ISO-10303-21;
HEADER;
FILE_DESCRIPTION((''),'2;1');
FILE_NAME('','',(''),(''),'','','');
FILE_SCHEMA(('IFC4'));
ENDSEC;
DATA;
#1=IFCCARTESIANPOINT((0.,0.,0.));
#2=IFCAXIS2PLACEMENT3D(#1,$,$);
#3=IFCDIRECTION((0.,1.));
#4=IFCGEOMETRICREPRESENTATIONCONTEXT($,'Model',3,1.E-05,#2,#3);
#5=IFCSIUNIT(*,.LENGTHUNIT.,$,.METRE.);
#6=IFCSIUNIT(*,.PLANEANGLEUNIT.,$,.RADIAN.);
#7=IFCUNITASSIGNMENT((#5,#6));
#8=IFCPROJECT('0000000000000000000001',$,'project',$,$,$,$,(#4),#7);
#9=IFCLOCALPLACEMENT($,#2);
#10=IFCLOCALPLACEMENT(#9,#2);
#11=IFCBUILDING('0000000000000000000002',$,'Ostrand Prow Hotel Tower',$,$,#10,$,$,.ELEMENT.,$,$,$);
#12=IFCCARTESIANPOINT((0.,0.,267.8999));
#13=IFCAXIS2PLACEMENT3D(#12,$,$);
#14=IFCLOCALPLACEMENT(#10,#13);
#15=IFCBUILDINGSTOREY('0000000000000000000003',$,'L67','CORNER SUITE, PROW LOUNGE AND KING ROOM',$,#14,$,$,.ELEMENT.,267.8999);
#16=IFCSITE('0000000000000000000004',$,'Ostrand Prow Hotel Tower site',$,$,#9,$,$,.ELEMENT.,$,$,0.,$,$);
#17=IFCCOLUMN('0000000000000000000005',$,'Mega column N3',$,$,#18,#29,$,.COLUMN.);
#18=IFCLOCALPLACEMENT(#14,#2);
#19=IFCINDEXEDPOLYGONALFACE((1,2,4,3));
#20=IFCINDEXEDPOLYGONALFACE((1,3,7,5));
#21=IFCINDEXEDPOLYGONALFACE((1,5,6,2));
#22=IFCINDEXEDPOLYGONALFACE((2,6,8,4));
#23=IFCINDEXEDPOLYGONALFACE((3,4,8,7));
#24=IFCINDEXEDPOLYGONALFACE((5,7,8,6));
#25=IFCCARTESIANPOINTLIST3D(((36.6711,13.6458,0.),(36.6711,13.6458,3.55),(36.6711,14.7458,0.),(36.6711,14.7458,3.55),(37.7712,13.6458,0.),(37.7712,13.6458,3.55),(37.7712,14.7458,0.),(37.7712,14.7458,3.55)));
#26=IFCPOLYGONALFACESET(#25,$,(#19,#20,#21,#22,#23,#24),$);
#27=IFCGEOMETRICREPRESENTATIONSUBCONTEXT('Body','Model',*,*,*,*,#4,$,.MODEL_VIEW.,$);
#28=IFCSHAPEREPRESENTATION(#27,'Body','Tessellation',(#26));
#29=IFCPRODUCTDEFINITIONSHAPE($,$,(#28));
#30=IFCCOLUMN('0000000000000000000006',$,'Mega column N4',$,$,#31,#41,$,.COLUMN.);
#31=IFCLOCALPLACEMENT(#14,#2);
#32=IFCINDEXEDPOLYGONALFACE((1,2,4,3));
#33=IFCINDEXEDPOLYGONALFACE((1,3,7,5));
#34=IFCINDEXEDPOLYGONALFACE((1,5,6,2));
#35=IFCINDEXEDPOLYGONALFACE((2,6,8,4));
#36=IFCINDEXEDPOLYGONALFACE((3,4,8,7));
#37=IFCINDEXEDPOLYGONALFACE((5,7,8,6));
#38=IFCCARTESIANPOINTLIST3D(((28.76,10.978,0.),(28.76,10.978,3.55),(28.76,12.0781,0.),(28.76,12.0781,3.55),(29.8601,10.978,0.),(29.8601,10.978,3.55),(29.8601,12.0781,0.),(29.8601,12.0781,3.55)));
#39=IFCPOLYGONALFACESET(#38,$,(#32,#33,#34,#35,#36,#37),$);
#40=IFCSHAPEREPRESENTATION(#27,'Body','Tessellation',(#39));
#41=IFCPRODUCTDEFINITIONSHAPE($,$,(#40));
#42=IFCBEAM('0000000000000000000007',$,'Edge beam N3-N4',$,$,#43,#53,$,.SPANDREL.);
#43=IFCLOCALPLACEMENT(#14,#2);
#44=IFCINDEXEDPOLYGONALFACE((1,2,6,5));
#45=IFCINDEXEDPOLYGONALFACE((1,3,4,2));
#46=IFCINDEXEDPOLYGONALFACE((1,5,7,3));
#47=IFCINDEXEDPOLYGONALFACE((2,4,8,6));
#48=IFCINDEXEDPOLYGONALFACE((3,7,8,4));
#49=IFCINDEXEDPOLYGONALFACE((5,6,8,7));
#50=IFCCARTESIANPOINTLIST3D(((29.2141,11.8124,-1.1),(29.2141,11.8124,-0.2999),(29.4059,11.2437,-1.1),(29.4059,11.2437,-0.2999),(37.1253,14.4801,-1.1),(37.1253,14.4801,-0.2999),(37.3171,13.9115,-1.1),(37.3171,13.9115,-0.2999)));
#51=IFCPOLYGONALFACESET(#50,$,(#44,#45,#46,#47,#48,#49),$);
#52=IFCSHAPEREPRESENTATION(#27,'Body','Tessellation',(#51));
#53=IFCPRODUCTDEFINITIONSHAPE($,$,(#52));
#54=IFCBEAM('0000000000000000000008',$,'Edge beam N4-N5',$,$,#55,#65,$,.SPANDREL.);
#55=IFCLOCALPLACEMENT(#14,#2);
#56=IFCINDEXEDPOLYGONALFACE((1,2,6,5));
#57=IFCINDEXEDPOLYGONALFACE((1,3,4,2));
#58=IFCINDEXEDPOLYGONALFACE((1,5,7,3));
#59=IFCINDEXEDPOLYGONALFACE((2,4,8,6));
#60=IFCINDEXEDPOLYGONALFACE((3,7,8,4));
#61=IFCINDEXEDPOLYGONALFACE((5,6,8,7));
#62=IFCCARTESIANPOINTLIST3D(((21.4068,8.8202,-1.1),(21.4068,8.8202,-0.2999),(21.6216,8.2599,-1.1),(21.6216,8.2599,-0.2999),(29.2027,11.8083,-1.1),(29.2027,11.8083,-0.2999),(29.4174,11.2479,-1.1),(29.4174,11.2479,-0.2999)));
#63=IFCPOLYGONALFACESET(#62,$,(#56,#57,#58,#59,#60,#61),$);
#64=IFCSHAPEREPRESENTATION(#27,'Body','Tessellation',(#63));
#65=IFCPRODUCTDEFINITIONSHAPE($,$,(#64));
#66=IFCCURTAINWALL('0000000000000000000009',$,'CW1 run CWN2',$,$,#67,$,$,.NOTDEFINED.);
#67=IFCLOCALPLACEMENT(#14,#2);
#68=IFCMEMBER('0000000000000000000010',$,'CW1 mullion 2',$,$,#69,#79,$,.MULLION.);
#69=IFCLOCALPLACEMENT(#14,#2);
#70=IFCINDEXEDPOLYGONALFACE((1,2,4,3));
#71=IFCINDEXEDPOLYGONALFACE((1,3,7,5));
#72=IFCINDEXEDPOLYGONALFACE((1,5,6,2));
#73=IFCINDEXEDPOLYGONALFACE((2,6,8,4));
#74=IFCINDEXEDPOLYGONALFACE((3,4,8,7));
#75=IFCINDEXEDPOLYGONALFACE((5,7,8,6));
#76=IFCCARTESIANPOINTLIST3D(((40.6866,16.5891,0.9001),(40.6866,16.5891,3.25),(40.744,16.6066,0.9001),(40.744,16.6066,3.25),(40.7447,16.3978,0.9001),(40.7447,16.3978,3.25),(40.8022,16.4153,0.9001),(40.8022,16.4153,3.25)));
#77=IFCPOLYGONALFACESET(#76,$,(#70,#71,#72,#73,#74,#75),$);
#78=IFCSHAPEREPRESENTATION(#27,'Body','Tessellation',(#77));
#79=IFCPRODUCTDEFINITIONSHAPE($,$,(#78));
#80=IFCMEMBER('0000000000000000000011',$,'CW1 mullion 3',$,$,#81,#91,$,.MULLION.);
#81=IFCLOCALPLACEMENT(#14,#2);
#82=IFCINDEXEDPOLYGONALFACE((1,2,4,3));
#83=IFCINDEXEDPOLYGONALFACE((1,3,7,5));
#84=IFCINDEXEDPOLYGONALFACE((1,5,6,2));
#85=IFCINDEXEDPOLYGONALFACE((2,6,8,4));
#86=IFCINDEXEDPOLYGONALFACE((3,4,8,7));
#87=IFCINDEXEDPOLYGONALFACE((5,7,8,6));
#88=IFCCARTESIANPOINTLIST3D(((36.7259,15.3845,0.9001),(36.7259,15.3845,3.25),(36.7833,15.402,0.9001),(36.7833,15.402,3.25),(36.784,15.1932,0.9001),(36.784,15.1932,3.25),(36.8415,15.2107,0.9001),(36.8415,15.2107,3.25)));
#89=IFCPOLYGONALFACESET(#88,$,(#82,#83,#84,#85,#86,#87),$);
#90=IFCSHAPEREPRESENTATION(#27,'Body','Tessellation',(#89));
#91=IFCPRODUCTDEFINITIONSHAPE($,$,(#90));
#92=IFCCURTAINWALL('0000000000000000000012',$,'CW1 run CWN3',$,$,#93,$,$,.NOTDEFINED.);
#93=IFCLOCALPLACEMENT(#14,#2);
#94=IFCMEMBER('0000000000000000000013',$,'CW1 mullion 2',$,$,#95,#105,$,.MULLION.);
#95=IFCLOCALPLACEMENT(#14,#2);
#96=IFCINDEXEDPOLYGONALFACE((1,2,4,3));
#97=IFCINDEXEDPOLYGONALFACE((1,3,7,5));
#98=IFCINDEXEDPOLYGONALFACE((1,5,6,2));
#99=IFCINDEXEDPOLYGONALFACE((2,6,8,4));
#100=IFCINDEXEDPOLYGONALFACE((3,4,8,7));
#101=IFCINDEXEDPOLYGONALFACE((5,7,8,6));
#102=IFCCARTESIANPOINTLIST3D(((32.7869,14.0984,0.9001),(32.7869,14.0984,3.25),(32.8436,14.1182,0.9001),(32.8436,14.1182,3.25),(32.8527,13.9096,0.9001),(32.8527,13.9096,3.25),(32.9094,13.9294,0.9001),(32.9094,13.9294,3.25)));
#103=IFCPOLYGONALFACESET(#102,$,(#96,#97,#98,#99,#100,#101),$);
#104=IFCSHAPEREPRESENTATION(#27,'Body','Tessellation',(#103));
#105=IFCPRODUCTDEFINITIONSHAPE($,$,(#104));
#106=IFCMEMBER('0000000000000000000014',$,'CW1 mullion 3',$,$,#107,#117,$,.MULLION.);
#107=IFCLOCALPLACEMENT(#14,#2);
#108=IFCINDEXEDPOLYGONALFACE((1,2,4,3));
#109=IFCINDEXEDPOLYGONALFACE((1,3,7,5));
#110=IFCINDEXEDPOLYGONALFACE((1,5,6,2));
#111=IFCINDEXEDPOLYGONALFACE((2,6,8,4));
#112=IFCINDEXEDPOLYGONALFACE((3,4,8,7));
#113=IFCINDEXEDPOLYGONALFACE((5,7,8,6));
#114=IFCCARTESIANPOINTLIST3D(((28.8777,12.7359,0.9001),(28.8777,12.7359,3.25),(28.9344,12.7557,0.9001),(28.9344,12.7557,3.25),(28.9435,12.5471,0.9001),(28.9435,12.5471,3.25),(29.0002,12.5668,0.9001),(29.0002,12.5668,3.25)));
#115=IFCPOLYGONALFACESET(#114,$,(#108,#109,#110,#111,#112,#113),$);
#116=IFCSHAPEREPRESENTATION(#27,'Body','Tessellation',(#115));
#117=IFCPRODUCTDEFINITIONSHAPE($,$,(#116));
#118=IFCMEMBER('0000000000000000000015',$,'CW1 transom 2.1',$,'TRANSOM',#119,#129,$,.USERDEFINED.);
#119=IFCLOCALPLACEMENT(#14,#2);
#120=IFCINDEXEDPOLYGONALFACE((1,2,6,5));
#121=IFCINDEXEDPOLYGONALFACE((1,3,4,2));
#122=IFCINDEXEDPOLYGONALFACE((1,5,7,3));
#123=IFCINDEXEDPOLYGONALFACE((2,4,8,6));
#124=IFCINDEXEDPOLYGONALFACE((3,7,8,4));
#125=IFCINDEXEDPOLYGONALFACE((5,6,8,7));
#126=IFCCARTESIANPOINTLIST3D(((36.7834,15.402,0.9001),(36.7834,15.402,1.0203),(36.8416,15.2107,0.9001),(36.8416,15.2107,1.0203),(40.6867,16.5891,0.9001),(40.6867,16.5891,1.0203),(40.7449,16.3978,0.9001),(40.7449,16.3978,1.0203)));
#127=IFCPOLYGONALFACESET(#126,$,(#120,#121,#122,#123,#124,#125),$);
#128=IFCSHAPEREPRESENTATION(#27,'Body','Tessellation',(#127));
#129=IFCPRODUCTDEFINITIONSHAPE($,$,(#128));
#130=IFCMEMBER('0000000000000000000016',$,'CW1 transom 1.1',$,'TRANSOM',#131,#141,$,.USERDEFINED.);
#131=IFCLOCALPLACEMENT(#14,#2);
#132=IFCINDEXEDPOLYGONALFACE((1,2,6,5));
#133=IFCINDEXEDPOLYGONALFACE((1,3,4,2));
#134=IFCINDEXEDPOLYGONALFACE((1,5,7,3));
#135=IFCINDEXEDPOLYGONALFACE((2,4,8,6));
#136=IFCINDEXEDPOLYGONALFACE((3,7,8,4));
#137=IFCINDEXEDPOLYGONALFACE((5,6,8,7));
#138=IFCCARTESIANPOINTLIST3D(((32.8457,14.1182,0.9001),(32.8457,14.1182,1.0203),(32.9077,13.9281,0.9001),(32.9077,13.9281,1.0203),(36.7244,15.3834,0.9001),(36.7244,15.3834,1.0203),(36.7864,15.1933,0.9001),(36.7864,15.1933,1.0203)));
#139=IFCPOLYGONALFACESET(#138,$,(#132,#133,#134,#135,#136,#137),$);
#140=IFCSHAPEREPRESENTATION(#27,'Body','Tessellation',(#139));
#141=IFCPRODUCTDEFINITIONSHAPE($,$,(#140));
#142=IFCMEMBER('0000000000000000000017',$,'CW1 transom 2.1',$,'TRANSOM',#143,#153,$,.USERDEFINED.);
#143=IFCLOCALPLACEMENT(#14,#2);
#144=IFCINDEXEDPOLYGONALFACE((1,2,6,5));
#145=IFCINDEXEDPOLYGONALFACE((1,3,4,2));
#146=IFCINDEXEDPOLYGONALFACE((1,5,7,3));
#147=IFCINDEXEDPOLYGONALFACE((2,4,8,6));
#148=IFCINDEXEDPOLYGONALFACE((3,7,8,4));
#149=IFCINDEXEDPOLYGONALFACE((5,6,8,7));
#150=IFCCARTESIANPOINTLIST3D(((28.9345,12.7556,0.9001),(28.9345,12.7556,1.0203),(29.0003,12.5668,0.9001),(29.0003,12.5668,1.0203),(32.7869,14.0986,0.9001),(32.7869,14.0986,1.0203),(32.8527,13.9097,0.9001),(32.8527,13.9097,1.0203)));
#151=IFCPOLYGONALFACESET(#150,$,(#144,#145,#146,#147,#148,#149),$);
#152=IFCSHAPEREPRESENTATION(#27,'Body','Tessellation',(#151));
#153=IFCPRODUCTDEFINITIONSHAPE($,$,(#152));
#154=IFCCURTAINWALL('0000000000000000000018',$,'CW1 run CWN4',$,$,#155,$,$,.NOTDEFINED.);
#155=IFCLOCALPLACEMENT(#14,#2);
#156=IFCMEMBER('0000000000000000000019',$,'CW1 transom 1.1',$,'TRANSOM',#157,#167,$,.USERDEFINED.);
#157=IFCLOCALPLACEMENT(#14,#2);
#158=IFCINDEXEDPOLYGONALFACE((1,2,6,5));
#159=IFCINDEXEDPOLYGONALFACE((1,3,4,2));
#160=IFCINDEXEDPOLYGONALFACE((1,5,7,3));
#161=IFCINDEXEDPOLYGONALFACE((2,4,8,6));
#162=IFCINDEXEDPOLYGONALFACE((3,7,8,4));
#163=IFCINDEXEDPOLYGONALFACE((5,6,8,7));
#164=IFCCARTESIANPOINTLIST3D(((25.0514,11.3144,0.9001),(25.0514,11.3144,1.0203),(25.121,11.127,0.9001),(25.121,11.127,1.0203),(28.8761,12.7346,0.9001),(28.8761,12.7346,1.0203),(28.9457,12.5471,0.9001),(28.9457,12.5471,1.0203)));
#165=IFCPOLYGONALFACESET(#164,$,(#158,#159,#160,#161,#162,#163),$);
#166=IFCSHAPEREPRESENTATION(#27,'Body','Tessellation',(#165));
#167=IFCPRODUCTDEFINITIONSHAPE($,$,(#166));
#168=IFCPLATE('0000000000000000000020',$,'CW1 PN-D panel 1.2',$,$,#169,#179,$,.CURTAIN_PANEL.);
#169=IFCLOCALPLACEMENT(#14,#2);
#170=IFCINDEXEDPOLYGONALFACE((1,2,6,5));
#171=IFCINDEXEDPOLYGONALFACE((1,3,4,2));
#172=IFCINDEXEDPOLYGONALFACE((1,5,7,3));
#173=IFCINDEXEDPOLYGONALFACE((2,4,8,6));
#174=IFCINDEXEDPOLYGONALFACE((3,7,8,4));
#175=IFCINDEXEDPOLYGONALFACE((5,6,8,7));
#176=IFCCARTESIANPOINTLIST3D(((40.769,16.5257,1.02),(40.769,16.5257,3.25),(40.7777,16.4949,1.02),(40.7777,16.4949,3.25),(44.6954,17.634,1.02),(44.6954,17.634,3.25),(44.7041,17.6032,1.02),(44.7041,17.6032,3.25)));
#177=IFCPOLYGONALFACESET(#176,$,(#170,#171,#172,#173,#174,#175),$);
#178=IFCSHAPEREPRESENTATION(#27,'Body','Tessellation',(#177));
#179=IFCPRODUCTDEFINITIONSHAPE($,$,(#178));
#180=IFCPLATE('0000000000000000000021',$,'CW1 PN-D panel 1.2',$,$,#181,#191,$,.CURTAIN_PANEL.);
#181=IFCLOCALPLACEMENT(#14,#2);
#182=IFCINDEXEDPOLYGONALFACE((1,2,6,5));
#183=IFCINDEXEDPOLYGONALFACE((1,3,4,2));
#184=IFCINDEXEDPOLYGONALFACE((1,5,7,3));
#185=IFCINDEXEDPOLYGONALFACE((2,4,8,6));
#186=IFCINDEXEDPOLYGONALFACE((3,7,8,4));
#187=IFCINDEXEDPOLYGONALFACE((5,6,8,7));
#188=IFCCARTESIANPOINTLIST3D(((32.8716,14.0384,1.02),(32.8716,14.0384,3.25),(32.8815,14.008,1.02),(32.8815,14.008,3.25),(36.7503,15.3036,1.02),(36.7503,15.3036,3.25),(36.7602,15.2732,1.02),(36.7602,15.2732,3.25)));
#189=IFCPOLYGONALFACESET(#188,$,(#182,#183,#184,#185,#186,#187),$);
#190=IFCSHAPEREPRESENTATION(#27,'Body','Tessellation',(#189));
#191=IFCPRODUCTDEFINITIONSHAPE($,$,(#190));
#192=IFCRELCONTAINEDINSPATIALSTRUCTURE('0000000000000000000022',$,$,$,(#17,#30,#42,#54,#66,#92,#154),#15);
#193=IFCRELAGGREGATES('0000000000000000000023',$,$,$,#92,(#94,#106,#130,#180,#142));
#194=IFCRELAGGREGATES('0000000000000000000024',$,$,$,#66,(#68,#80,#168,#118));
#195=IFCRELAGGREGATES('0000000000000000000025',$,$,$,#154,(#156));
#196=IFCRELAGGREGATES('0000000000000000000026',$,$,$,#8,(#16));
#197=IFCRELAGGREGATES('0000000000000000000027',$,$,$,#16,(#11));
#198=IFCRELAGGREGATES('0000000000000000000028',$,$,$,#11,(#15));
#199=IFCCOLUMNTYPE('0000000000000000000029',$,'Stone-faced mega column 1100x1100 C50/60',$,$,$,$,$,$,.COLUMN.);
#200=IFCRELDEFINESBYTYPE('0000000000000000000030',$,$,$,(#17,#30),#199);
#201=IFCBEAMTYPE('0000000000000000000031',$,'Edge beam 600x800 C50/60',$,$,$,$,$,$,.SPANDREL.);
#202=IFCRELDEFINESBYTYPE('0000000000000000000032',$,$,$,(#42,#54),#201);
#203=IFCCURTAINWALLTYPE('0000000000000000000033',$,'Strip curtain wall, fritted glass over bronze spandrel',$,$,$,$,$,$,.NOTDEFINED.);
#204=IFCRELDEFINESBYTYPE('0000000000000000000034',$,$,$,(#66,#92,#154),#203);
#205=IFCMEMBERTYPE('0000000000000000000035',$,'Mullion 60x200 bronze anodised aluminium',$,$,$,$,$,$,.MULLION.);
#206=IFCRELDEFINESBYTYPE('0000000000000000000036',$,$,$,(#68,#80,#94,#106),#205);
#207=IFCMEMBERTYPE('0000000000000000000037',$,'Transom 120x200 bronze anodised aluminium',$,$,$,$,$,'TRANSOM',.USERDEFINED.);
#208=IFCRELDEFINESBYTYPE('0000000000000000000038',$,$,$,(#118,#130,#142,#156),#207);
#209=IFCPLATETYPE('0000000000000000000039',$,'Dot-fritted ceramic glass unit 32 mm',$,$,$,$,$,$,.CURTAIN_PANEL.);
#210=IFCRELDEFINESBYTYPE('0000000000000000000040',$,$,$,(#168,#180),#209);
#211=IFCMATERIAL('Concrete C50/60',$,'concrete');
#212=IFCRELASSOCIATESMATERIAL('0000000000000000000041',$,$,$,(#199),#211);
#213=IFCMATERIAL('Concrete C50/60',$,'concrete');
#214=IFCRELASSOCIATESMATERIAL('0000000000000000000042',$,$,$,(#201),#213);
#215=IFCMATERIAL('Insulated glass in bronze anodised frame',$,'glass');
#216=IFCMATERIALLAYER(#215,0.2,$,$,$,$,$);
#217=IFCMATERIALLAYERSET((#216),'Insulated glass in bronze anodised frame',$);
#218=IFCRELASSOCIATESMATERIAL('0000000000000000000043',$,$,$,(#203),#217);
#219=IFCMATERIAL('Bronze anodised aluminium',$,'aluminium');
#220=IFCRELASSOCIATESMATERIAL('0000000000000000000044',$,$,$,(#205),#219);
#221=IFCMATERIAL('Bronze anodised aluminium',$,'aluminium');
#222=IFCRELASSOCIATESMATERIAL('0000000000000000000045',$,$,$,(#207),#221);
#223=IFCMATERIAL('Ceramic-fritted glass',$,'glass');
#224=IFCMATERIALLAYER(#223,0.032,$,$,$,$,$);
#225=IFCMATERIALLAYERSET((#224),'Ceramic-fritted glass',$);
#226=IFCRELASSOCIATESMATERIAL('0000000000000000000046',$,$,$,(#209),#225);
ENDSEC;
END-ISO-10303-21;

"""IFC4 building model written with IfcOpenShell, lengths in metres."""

from ifc_helpers import new_model, si_unit, direction, frame, origin, origin_2d, place, context, subcontext, project, spatial, rectangle, extrude, material, layer, layer_set, material_profile, profile_set, type_object, element, aggregate, save


model = new_model("IFC4")

# Units and contexts
model_context = context("Model", 3, precision=1e-05, world=origin(), true_north=direction((0.0, 1.0)))
body_context = subcontext(model_context, "Body", "Model", "MODEL_VIEW")
ifc_project = project(units=[si_unit("LENGTHUNIT", "METRE"), si_unit("PLANEANGLEUNIT", "RADIAN")], contexts=[model_context])

# Site, building, storey
site_placement = place(None, origin())
site = spatial("IfcSite", under=ifc_project, at=site_placement, Name="Ostrand Prow Hotel Tower site", CompositionType="ELEMENT", RefElevation=0.0)
building_placement = place(site_placement, origin())
building = spatial("IfcBuilding", under=site, at=building_placement, Name="Ostrand Prow Hotel Tower", CompositionType="ELEMENT")
storey_placement = place(building_placement, frame((0.0, 0.0, 267.8999)))
storey = spatial("IfcBuildingStorey", under=building, at=storey_placement, Name="L67", Description="CORNER SUITE, PROW LOUNGE AND KING ROOM", CompositionType="ELEMENT", Elevation=267.8999)

# Columns
ifc_material_1 = material(Name="Concrete C50/60", Category="concrete")
ifc_material_profile_1 = material_profile(ifc_material_1, rectangle(XDim=1.1001, YDim=1.1001, at=origin_2d()), Name="RC 1100x1100")
ifc_profile_set_1 = profile_set([ifc_material_profile_1], Name="Concrete C50/60")
column_type = type_object("IfcColumnType", Name="Stone-faced mega column 1100x1100 C50/60", PredefinedType="COLUMN", material=ifc_profile_set_1)
for number, where, z_axis, x_axis, name in (
    (1, (37.2212, 14.1958, 0.0), (0.0, 0.0, 1.0), (1.0, 0.0, 0.0), "Mega column N3"),
    (2, (29.3101, 11.5281, 0.0), (0.0, 0.0, 1.0), (1.0, 0.0, 0.0), "Mega column N4"),
):
    element("IfcColumn", number, at=place(storey_placement, frame(where, z_axis=z_axis, x_axis=x_axis)), inside=storey, type_object=column_type, Name=name, PredefinedType="COLUMN", context=body_context, shape_type="SweptSolid", body=[
        extrude(rectangle(XDim=1.1001, YDim=1.1001, at=origin_2d()), origin(), (0.0, 0.0, 1.0), 3.55),
    ])

# Beams
ifc_material_2 = material(Name="Concrete C50/60", Category="concrete")
ifc_material_profile_2 = material_profile(ifc_material_2, rectangle(XDim=0.6001, YDim=0.8, at=origin_2d()), Name="RC 600x800")
ifc_profile_set_2 = profile_set([ifc_material_profile_2], Name="Concrete C50/60")
beam_type = type_object("IfcBeamType", Name="Edge beam 600x800 C50/60", PredefinedType="SPANDREL", material=ifc_profile_set_2)
for number, where, z_axis, x_axis, name in (
    (3, (37.2212, 14.1958, -0.7), (-0.947575, -0.319533, 0.0), (0.319533, -0.947575, 0.0), "Edge beam N3-N4"),
    (4, (29.3101, 11.5281, -0.7), (-0.933762, -0.357895, 0.0), (0.357895, -0.933762, 0.0), "Edge beam N4-N5"),
):
    element("IfcBeam", number, at=place(storey_placement, frame(where, z_axis=z_axis, x_axis=x_axis)), inside=storey, type_object=beam_type, Name=name, PredefinedType="SPANDREL", context=body_context, shape_type="SweptSolid", body=[
        extrude(rectangle(XDim=0.6001, YDim=0.8, at=origin_2d()), origin(), (0.0, 0.0, 1.0), 8.3489),
    ])

# Curtain walls, members
ifc_material_3 = material(Name="Insulated glass in bronze anodised frame", Category="glass")
ifc_layer_1 = layer(ifc_material_3, 0.2)
ifc_layer_set_1 = layer_set([ifc_layer_1], Name="Insulated glass in bronze anodised frame")
curtain_wall_type = type_object("IfcCurtainWallType", Name="Strip curtain wall, fritted glass over bronze spandrel", PredefinedType="NOTDEFINED", material=ifc_layer_set_1)
curtain_wall_1_placement = place(storey_placement, origin())
curtain_wall_1 = element("IfcCurtainWall", 5, at=curtain_wall_1_placement, inside=storey, type_object=curtain_wall_type, Name="CW1 run CWN2", PredefinedType="NOTDEFINED")
ifc_material_4 = material(Name="Bronze anodised aluminium", Category="aluminium")
ifc_material_profile_3 = material_profile(ifc_material_4, rectangle(XDim=0.2, YDim=0.0601, at=origin_2d()), Name="Mullion 60x200 bronze anodised aluminium")
ifc_profile_set_3 = profile_set([ifc_material_profile_3], Name="Bronze anodised aluminium")
member_type_1 = type_object("IfcMemberType", Name="Mullion 60x200 bronze anodised aluminium", PredefinedType="MULLION", material=ifc_profile_set_3)
member_1_placement = place(storey_placement, frame((40.7444, 16.5022, 0.9001), z_axis=(0.0, 0.0, 1.0), x_axis=(0.290938, -0.956742, 0.0)))
member_1 = element("IfcMember", 6, at=member_1_placement, type_object=member_type_1, Name="CW1 mullion 2", PredefinedType="MULLION", context=body_context, shape_type="SweptSolid", body=[
    extrude(rectangle(XDim=0.2, YDim=0.0601, at=origin_2d()), origin(), (0.0, 0.0, 1.0), 2.3499),
])
member_2_placement = place(storey_placement, frame((36.7837, 15.2976, 0.9001), z_axis=(0.0, 0.0, 1.0), x_axis=(0.290938, -0.956742, 0.0)))
member_2 = element("IfcMember", 7, at=member_2_placement, type_object=member_type_1, Name="CW1 mullion 3", PredefinedType="MULLION", context=body_context, shape_type="SweptSolid", body=[
    extrude(rectangle(XDim=0.2, YDim=0.0601, at=origin_2d()), origin(), (0.0, 0.0, 1.0), 2.3499),
])
curtain_wall_2_placement = place(storey_placement, origin())
curtain_wall_2 = element("IfcCurtainWall", 8, at=curtain_wall_2_placement, inside=storey, type_object=curtain_wall_type, Name="CW1 run CWN3", PredefinedType="NOTDEFINED")
member_3_placement = place(storey_placement, frame((32.8481, 14.0139, 0.9001), z_axis=(0.0, 0.0, 1.0), x_axis=(0.329158, -0.944275, 0.0)))
member_3 = element("IfcMember", 9, at=member_3_placement, type_object=member_type_1, Name="CW1 mullion 2", PredefinedType="MULLION", context=body_context, shape_type="SweptSolid", body=[
    extrude(rectangle(XDim=0.2, YDim=0.0601, at=origin_2d()), origin(), (0.0, 0.0, 1.0), 2.3499),
])
member_4_placement = place(storey_placement, frame((28.939, 12.6514, 0.9001), z_axis=(0.0, 0.0, 1.0), x_axis=(0.329158, -0.944275, 0.0)))
member_4 = element("IfcMember", 10, at=member_4_placement, type_object=member_type_1, Name="CW1 mullion 3", PredefinedType="MULLION", context=body_context, shape_type="SweptSolid", body=[
    extrude(rectangle(XDim=0.2, YDim=0.0601, at=origin_2d()), origin(), (0.0, 0.0, 1.0), 2.3499),
])

# Members
ifc_material_5 = material(Name="Bronze anodised aluminium", Category="aluminium")
ifc_material_profile_4 = material_profile(ifc_material_5, rectangle(XDim=0.2, YDim=0.1201, at=origin_2d()), Name="Transom 120x200 bronze anodised aluminium")
ifc_profile_set_4 = profile_set([ifc_material_profile_4], Name="Bronze anodised aluminium")
member_type_2 = type_object("IfcMemberType", Name="Transom 120x200 bronze anodised aluminium", ElementType="TRANSOM", PredefinedType="USERDEFINED", material=ifc_profile_set_4)
member_5_placement = place(storey_placement, frame((40.7158, 16.4934, 0.9602), z_axis=(-0.956739, -0.290947, 0.0), x_axis=(0.290947, -0.956739, 0.0)))
member_5 = element("IfcMember", 11, at=member_5_placement, type_object=member_type_2, Name="CW1 transom 2.1", ObjectType="TRANSOM", PredefinedType="USERDEFINED", context=body_context, shape_type="SweptSolid", body=[
    extrude(rectangle(XDim=0.2, YDim=0.1201, at=origin_2d()), origin(), (0.0, 0.0, 1.0), 4.0798),
])
member_6_placement = place(storey_placement, frame((36.7554, 15.2883, 0.9602), z_axis=(-0.950704, -0.310099, 0.0), x_axis=(0.310099, -0.950704, 0.0)))
member_6 = element("IfcMember", 12, at=member_6_placement, type_object=member_type_2, Name="CW1 transom 1.1", ObjectType="TRANSOM", PredefinedType="USERDEFINED", context=body_context, shape_type="SweptSolid", body=[
    extrude(rectangle(XDim=0.2, YDim=0.1201, at=origin_2d()), origin(), (0.0, 0.0, 1.0), 4.0798),
])
member_7_placement = place(storey_placement, frame((32.8198, 14.0042, 0.9602), z_axis=(-0.944268, -0.329177, 0.0), x_axis=(0.329177, -0.944268, 0.0)))
member_7 = element("IfcMember", 13, at=member_7_placement, type_object=member_type_2, Name="CW1 transom 2.1", ObjectType="TRANSOM", PredefinedType="USERDEFINED", context=body_context, shape_type="SweptSolid", body=[
    extrude(rectangle(XDim=0.2, YDim=0.1201, at=origin_2d()), origin(), (0.0, 0.0, 1.0), 4.0798),
])

# Curtain wall, member
curtain_wall_3_placement = place(storey_placement, origin())
curtain_wall_3 = element("IfcCurtainWall", 14, at=curtain_wall_3_placement, inside=storey, type_object=curtain_wall_type, Name="CW1 run CWN4", PredefinedType="NOTDEFINED")
member_8_placement = place(storey_placement, frame((28.9109, 12.6409, 0.9602), z_axis=(-0.93746, -0.348092, 0.0), x_axis=(0.348092, -0.93746, 0.0)))
member_8 = element("IfcMember", 15, at=member_8_placement, type_object=member_type_2, Name="CW1 transom 1.1", ObjectType="TRANSOM", PredefinedType="USERDEFINED", context=body_context, shape_type="SweptSolid", body=[
    extrude(rectangle(XDim=0.2, YDim=0.1201, at=origin_2d()), origin(), (0.0, 0.0, 1.0), 4.0798),
])

# Plates
ifc_material_6 = material(Name="Ceramic-fritted glass", Category="glass")
ifc_layer_2 = layer(ifc_material_6, 0.032)
ifc_layer_set_2 = layer_set([ifc_layer_2], Name="Ceramic-fritted glass")
plate_type_1 = type_object("IfcPlateType", Name="Dot-fritted ceramic glass unit 32 mm", PredefinedType="CURTAIN_PANEL", material=ifc_layer_set_2)
plate_1_placement = place(storey_placement, frame((42.7366, 17.0645, 1.02), z_axis=(0.0, 0.0, 1.0), x_axis=(-0.962396, -0.271649, 0.0)))
plate_1 = element("IfcPlate", 16, at=plate_1_placement, type_object=plate_type_1, Name="CW1 PN-D panel 1.2", PredefinedType="CURTAIN_PANEL", context=body_context, shape_type="SweptSolid", body=[
    extrude(rectangle(XDim=4.0798, YDim=0.032, at=origin_2d()), origin(), (0.0, 0.0, 1.0), 2.23),
])
plate_2_placement = place(storey_placement, frame((34.8159, 14.6558, 1.02), z_axis=(0.0, 0.0, 1.0), x_axis=(-0.9507, -0.310111, 0.0)))
plate_2 = element("IfcPlate", 17, at=plate_2_placement, type_object=plate_type_1, Name="CW1 PN-D panel 1.2", PredefinedType="CURTAIN_PANEL", context=body_context, shape_type="SweptSolid", body=[
    extrude(rectangle(XDim=4.0798, YDim=0.032, at=origin_2d()), origin(), (0.0, 0.0, 1.0), 2.23),
])
aggregate(curtain_wall_2, [member_3, member_4, member_6, plate_2, member_7])
aggregate(curtain_wall_1, [member_1, member_2, plate_1, member_5])
aggregate(curtain_wall_3, [member_8])

save(model, "model.ifc")
